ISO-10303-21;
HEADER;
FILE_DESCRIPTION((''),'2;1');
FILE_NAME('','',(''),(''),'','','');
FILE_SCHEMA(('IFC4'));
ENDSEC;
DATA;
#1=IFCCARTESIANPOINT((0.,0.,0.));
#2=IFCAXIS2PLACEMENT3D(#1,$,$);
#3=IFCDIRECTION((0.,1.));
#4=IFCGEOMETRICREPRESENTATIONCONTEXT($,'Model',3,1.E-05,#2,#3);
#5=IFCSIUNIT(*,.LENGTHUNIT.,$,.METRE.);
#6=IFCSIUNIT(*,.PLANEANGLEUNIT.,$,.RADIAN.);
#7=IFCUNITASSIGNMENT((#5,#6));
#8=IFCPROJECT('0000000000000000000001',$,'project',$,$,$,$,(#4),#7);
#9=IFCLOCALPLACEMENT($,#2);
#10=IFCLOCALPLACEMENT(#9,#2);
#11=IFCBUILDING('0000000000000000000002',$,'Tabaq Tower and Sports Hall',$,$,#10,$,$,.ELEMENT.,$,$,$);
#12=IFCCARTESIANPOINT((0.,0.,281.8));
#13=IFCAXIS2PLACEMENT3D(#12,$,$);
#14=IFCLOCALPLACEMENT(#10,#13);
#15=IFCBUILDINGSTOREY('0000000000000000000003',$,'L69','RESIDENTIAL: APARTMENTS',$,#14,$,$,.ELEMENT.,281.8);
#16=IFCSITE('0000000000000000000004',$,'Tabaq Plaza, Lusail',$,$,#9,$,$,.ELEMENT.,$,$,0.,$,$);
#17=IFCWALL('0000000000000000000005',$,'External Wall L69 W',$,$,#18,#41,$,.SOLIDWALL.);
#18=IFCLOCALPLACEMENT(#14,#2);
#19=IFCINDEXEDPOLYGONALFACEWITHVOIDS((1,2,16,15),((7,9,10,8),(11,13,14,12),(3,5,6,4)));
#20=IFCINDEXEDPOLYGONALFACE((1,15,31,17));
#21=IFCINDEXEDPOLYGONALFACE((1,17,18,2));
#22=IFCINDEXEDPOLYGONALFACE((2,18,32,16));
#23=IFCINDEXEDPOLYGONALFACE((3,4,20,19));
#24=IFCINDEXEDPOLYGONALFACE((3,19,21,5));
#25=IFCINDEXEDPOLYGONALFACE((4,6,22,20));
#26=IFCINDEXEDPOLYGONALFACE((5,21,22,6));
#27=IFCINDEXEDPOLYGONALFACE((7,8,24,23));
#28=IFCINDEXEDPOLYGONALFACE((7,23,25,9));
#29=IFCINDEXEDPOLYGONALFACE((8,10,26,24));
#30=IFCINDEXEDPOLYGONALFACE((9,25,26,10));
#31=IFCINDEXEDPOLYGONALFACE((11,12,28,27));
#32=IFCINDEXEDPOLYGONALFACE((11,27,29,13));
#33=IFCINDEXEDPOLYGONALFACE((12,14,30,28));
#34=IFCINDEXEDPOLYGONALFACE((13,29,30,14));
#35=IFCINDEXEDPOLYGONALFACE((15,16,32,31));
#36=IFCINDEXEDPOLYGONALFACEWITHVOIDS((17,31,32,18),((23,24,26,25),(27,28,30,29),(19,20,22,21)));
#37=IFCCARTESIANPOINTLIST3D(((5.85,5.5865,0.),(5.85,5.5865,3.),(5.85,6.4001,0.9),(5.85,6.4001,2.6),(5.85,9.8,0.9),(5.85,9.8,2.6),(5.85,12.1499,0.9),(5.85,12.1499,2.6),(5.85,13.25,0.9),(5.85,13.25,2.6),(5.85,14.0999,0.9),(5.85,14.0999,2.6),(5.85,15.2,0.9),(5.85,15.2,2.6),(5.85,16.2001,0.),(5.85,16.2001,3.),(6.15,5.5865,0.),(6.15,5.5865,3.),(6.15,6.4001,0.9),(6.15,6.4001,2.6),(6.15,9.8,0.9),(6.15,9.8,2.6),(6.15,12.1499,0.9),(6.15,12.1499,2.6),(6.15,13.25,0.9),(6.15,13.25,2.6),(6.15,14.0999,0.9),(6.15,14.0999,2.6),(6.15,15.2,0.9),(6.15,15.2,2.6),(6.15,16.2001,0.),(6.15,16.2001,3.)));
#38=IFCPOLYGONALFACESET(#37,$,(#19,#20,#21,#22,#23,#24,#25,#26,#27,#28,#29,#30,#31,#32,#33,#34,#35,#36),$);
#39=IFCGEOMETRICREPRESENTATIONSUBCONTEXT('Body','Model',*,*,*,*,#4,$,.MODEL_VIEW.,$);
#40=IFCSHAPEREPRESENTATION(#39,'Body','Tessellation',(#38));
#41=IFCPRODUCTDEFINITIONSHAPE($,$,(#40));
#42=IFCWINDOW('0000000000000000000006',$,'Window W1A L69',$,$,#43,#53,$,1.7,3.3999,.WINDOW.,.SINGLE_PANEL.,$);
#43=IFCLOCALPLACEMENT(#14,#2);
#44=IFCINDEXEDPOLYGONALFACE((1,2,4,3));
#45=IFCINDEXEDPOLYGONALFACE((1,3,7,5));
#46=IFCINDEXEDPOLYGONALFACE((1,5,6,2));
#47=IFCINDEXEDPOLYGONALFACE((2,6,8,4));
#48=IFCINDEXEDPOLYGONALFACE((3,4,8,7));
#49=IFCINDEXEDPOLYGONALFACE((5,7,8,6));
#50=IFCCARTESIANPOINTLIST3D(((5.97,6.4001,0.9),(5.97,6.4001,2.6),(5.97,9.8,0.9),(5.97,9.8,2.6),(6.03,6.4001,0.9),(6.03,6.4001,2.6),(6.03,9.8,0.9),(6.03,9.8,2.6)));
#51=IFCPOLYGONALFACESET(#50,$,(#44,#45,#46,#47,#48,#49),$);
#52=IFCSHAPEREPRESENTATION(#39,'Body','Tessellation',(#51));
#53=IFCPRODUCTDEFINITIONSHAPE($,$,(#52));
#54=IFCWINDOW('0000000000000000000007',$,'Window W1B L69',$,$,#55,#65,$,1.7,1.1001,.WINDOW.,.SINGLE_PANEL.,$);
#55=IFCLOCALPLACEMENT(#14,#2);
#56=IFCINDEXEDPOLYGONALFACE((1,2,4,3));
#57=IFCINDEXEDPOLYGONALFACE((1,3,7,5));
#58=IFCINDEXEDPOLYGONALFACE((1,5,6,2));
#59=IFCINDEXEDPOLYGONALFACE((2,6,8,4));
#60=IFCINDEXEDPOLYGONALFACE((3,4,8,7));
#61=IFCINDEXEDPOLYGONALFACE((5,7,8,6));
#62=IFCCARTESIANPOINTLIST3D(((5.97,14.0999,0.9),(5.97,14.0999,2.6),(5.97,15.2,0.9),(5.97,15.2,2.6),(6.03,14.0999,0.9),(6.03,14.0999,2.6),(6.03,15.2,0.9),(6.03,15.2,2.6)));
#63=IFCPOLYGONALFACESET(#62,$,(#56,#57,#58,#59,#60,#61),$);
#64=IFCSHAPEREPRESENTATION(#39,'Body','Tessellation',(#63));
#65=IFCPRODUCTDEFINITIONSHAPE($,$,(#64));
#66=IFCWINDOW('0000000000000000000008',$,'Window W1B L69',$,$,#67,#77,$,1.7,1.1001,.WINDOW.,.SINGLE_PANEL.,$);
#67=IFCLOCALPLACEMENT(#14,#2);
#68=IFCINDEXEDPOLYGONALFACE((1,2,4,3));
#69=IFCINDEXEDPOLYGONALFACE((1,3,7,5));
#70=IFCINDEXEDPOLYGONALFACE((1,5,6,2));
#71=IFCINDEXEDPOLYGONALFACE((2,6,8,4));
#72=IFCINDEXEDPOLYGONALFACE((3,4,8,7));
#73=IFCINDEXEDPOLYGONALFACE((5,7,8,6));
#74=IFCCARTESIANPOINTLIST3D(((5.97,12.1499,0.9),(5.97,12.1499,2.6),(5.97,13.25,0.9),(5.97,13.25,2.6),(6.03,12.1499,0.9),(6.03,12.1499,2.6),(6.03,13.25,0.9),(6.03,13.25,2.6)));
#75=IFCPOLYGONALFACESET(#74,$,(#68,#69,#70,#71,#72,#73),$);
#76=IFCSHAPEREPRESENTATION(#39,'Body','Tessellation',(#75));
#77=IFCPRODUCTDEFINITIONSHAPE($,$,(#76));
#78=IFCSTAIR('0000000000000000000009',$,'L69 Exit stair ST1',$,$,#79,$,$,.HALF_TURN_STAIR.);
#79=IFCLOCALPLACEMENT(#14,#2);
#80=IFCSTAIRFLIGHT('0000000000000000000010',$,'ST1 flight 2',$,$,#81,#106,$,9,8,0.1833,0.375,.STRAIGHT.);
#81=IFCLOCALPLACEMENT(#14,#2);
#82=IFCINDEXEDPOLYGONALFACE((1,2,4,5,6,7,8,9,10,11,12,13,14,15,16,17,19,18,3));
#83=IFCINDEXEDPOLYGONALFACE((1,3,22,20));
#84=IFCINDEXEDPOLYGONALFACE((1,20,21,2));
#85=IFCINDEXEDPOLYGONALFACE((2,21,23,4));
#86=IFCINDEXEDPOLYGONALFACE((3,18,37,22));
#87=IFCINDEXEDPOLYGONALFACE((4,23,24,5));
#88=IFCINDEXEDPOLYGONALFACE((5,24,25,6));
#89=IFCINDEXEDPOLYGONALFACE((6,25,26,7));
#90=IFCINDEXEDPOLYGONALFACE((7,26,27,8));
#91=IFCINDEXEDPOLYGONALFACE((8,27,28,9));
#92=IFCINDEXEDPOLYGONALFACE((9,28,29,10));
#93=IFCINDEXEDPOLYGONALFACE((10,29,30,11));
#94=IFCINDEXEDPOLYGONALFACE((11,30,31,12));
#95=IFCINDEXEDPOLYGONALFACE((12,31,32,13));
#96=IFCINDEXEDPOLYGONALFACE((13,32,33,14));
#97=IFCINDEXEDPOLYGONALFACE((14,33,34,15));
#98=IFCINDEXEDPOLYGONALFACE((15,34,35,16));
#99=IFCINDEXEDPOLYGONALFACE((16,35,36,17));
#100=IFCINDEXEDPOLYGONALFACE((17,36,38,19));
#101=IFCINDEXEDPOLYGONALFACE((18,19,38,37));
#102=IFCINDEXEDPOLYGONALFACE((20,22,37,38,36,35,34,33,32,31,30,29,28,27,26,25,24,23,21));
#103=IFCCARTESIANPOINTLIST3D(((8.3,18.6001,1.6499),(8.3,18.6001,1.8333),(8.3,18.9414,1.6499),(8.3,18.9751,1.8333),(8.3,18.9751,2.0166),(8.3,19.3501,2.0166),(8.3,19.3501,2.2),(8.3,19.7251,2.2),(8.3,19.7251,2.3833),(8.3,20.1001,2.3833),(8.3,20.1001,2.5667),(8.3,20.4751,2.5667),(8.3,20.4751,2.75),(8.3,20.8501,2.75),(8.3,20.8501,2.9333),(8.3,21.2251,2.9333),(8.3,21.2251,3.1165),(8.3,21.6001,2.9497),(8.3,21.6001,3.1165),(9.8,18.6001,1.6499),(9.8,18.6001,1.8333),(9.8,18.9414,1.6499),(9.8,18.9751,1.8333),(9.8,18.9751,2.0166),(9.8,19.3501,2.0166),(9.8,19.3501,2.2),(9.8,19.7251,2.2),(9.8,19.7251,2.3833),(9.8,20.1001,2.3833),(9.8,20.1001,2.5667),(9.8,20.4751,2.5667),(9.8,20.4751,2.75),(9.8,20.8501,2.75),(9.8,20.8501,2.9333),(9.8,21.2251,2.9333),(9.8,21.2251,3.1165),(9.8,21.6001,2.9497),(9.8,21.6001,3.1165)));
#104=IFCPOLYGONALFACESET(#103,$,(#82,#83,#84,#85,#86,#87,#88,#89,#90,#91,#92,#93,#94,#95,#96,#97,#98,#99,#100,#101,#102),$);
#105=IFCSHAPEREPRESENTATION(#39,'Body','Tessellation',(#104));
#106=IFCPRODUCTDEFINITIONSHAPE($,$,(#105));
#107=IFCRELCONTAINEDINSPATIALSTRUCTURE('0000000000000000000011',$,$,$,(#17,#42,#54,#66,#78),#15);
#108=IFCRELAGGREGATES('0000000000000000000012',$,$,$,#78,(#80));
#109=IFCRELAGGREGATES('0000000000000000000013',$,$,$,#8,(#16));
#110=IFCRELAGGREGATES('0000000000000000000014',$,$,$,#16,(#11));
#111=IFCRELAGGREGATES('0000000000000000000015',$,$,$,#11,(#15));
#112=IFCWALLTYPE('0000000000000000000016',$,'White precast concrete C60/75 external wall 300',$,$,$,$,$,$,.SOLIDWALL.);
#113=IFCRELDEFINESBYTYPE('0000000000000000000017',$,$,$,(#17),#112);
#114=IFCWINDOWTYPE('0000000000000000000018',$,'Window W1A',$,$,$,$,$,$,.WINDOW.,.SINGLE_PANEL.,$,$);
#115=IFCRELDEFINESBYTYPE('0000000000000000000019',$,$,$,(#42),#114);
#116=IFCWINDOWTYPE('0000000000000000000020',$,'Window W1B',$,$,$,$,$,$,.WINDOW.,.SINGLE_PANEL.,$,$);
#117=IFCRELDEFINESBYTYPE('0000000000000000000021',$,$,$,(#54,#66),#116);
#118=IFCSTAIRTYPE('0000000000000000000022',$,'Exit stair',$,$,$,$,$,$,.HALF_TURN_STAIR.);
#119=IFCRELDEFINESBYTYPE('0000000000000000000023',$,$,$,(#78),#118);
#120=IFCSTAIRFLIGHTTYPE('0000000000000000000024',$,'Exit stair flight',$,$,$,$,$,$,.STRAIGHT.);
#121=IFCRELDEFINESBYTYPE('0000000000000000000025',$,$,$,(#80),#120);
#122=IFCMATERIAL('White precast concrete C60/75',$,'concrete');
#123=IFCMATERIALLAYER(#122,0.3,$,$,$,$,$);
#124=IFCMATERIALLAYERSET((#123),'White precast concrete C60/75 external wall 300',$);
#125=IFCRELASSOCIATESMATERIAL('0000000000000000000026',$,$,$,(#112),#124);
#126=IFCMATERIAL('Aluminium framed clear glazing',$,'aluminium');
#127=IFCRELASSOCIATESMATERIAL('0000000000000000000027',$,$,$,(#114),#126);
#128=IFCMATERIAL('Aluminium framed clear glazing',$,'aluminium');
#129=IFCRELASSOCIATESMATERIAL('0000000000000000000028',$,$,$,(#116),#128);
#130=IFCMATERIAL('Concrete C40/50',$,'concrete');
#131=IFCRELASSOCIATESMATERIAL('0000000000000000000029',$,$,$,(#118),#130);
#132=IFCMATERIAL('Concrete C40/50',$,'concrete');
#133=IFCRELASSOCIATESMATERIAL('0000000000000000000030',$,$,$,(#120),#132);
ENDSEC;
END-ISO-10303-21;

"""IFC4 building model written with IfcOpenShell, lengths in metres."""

from ifc_helpers import new_model, si_unit, direction, frame, frame_2d, origin, place, context, subcontext, project, spatial, polyline, rectangle, outline, extrude, material, layer, layer_set, type_object, element, fill, aggregate, save


model = new_model("IFC4")

# Units and contexts
model_context = context("Model", 3, precision=1e-05, world=origin(), true_north=direction((0.0, 1.0)))
body_context = subcontext(model_context, "Body", "Model", "MODEL_VIEW")
ifc_project = project(units=[si_unit("LENGTHUNIT", "METRE"), si_unit("PLANEANGLEUNIT", "RADIAN")], contexts=[model_context])

# Site, building, storey
site_placement = place(None, origin())
site = spatial("IfcSite", under=ifc_project, at=site_placement, Name="Tabaq Plaza, Lusail", CompositionType="ELEMENT", RefElevation=0.0)
building_placement = place(site_placement, origin())
building = spatial("IfcBuilding", under=site, at=building_placement, Name="Tabaq Tower and Sports Hall", CompositionType="ELEMENT")
storey_placement = place(building_placement, frame((0.0, 0.0, 281.8)))
storey = spatial("IfcBuildingStorey", under=building, at=storey_placement, Name="L69", Description="RESIDENTIAL: APARTMENTS", CompositionType="ELEMENT", Elevation=281.8)

# Wall, openings, windows
ifc_material_1 = material(Name="White precast concrete C60/75", Category="concrete")
ifc_layer_1 = layer(ifc_material_1, 0.3)
ifc_layer_set_1 = layer_set([ifc_layer_1], Name="White precast concrete C60/75 external wall 300")
wall_type_1 = type_object("IfcWallType", Name="White precast concrete C60/75 external wall 300", PredefinedType="SOLIDWALL", material=ifc_layer_set_1)
wall_1_placement = place(storey_placement, frame((6.0, 16.2, 0.0), z_axis=(0.0, 0.0, 1.0), x_axis=(0.0, -1.0, 0.0)))
wall_1 = element("IfcWall", 1, at=wall_1_placement, inside=storey, type_object=wall_type_1, Name="External Wall L69 W", PredefinedType="SOLIDWALL", context=body_context, shape_type="SweptSolid", body=[
    extrude(rectangle(XDim=10.6135, YDim=0.3, at=frame_2d((5.3066, 0.0))), origin(), (0.0, 0.0, 1.0), 3.0),
])
opening_1_placement = place(wall_1_placement, frame((1.0, 0.0, 0.8999)))
opening_1 = element("IfcOpeningElement", 2, at=opening_1_placement, cuts=wall_1, PredefinedType="OPENING", context=body_context, shape_type="SweptSolid", body=[
    extrude(rectangle(XDim=1.1001, YDim=1.7, at=frame_2d((0.55, 0.8501))), frame((0.0, 0.1602, 0.0), z_axis=(0.0, -1.0, 0.0), x_axis=(1.0, 0.0, 0.0)), (0.0, 0.0, 1.0), 0.3201),
])
opening_2_placement = place(wall_1_placement, frame((2.95, 0.0, 0.8999)))
opening_2 = element("IfcOpeningElement", 3, at=opening_2_placement, cuts=wall_1, PredefinedType="OPENING", context=body_context, shape_type="SweptSolid", body=[
    extrude(rectangle(XDim=1.1001, YDim=1.7, at=frame_2d((0.55, 0.8501))), frame((0.0, 0.1602, 0.0), z_axis=(0.0, -1.0, 0.0), x_axis=(1.0, 0.0, 0.0)), (0.0, 0.0, 1.0), 0.3201),
])
opening_3_placement = place(wall_1_placement, frame((6.3999, 0.0, 0.8999)))
opening_3 = element("IfcOpeningElement", 4, at=opening_3_placement, cuts=wall_1, PredefinedType="OPENING", context=body_context, shape_type="SweptSolid", body=[
    extrude(rectangle(XDim=3.3999, YDim=1.7, at=frame_2d((1.7, 0.8501))), frame((0.0, 0.1602, 0.0), z_axis=(0.0, -1.0, 0.0), x_axis=(1.0, 0.0, 0.0)), (0.0, 0.0, 1.0), 0.3201),
])
ifc_material_2 = material(Name="Aluminium framed clear glazing", Category="aluminium")
window_type_1 = type_object("IfcWindowType", Name="Window W1A", PartitioningType="SINGLE_PANEL", PredefinedType="WINDOW", material=ifc_material_2)
window_1_placement = place(opening_3_placement, origin())
window_1 = element("IfcWindow", 5, at=window_1_placement, inside=storey, type_object=window_type_1, Name="Window W1A L69", OverallHeight=1.7, OverallWidth=3.3999, PartitioningType="SINGLE_PANEL", PredefinedType="WINDOW", context=body_context, shape_type="SweptSolid", body=[
    extrude(rectangle(XDim=3.3999, YDim=1.7, at=frame_2d((1.7, 0.8501))), frame((0.0, 0.03, 0.0), z_axis=(0.0, -1.0, 0.0), x_axis=(1.0, 0.0, 0.0)), (0.0, 0.0, 1.0), 0.0601),
])
fill(opening_3, window_1)
ifc_material_3 = material(Name="Aluminium framed clear glazing", Category="aluminium")
window_type_2 = type_object("IfcWindowType", Name="Window W1B", PartitioningType="SINGLE_PANEL", PredefinedType="WINDOW", material=ifc_material_3)
window_2_placement = place(opening_1_placement, origin())
window_2 = element("IfcWindow", 6, at=window_2_placement, inside=storey, type_object=window_type_2, Name="Window W1B L69", OverallHeight=1.7, OverallWidth=1.1001, PartitioningType="SINGLE_PANEL", PredefinedType="WINDOW", context=body_context, shape_type="SweptSolid", body=[
    extrude(rectangle(XDim=1.1001, YDim=1.7, at=frame_2d((0.55, 0.8501))), frame((0.0, 0.03, 0.0), z_axis=(0.0, -1.0, 0.0), x_axis=(1.0, 0.0, 0.0)), (0.0, 0.0, 1.0), 0.0601),
])
fill(opening_1, window_2)
window_3_placement = place(opening_2_placement, origin())
window_3 = element("IfcWindow", 7, at=window_3_placement, inside=storey, type_object=window_type_2, Name="Window W1B L69", OverallHeight=1.7, OverallWidth=1.1001, PartitioningType="SINGLE_PANEL", PredefinedType="WINDOW", context=body_context, shape_type="SweptSolid", body=[
    extrude(rectangle(XDim=1.1001, YDim=1.7, at=frame_2d((0.55, 0.8501))), frame((0.0, 0.03, 0.0), z_axis=(0.0, -1.0, 0.0), x_axis=(1.0, 0.0, 0.0)), (0.0, 0.0, 1.0), 0.0601),
])
fill(opening_2, window_3)

# Stair, stair flight
ifc_material_4 = material(Name="Concrete C40/50", Category="concrete")
stair_type = type_object("IfcStairType", Name="Exit stair", PredefinedType="HALF_TURN_STAIR", material=ifc_material_4)
stair_placement = place(storey_placement, origin())
stair = element("IfcStair", 8, at=stair_placement, inside=storey, type_object=stair_type, Name="L69 Exit stair ST1", PredefinedType="HALF_TURN_STAIR")
ifc_material_5 = material(Name="Concrete C40/50", Category="concrete")
stair_flight_type = type_object("IfcStairFlightType", Name="Exit stair flight", PredefinedType="STRAIGHT", material=ifc_material_5)
stair_flight_placement = place(storey_placement, frame((9.05, 18.6001, 1.6499), z_axis=(0.0, 0.0, 1.0), x_axis=(0.0, 1.0, 0.0)))
stair_flight = element("IfcStairFlight", 9, at=stair_flight_placement, type_object=stair_flight_type, Name="ST1 flight 2", NumberOfRisers=9, NumberOfTreads=8, PredefinedType="STRAIGHT", RiserHeight=0.1833, TreadLength=0.375, context=body_context, shape_type="SweptSolid", body=[
    extrude(outline(polyline([(0.0, 0.0), (0.0, 0.1833), (0.375, 0.1833), (0.375, 0.3667), (0.75, 0.3667), (0.75, 0.55), (1.125, 0.55), (1.125, 0.7334), (1.5, 0.7334), (1.5, 0.9167), (1.875, 0.9167), (1.875, 1.1001), (2.25, 1.1001), (2.25, 1.2834), (2.625, 1.2834), (2.625, 1.4666), (3.0, 1.4666), (3.0, 1.6499), (3.0, 1.2998), (0.3413, 0.0), (0.0, 0.0)])), frame((0.0, 0.75, 0.0), z_axis=(0.0, -1.0, 0.0), x_axis=(1.0, 0.0, 0.0)), (0.0, 0.0, 1.0), 1.5),
])
aggregate(stair, [stair_flight])

save(model, "model.ifc")
